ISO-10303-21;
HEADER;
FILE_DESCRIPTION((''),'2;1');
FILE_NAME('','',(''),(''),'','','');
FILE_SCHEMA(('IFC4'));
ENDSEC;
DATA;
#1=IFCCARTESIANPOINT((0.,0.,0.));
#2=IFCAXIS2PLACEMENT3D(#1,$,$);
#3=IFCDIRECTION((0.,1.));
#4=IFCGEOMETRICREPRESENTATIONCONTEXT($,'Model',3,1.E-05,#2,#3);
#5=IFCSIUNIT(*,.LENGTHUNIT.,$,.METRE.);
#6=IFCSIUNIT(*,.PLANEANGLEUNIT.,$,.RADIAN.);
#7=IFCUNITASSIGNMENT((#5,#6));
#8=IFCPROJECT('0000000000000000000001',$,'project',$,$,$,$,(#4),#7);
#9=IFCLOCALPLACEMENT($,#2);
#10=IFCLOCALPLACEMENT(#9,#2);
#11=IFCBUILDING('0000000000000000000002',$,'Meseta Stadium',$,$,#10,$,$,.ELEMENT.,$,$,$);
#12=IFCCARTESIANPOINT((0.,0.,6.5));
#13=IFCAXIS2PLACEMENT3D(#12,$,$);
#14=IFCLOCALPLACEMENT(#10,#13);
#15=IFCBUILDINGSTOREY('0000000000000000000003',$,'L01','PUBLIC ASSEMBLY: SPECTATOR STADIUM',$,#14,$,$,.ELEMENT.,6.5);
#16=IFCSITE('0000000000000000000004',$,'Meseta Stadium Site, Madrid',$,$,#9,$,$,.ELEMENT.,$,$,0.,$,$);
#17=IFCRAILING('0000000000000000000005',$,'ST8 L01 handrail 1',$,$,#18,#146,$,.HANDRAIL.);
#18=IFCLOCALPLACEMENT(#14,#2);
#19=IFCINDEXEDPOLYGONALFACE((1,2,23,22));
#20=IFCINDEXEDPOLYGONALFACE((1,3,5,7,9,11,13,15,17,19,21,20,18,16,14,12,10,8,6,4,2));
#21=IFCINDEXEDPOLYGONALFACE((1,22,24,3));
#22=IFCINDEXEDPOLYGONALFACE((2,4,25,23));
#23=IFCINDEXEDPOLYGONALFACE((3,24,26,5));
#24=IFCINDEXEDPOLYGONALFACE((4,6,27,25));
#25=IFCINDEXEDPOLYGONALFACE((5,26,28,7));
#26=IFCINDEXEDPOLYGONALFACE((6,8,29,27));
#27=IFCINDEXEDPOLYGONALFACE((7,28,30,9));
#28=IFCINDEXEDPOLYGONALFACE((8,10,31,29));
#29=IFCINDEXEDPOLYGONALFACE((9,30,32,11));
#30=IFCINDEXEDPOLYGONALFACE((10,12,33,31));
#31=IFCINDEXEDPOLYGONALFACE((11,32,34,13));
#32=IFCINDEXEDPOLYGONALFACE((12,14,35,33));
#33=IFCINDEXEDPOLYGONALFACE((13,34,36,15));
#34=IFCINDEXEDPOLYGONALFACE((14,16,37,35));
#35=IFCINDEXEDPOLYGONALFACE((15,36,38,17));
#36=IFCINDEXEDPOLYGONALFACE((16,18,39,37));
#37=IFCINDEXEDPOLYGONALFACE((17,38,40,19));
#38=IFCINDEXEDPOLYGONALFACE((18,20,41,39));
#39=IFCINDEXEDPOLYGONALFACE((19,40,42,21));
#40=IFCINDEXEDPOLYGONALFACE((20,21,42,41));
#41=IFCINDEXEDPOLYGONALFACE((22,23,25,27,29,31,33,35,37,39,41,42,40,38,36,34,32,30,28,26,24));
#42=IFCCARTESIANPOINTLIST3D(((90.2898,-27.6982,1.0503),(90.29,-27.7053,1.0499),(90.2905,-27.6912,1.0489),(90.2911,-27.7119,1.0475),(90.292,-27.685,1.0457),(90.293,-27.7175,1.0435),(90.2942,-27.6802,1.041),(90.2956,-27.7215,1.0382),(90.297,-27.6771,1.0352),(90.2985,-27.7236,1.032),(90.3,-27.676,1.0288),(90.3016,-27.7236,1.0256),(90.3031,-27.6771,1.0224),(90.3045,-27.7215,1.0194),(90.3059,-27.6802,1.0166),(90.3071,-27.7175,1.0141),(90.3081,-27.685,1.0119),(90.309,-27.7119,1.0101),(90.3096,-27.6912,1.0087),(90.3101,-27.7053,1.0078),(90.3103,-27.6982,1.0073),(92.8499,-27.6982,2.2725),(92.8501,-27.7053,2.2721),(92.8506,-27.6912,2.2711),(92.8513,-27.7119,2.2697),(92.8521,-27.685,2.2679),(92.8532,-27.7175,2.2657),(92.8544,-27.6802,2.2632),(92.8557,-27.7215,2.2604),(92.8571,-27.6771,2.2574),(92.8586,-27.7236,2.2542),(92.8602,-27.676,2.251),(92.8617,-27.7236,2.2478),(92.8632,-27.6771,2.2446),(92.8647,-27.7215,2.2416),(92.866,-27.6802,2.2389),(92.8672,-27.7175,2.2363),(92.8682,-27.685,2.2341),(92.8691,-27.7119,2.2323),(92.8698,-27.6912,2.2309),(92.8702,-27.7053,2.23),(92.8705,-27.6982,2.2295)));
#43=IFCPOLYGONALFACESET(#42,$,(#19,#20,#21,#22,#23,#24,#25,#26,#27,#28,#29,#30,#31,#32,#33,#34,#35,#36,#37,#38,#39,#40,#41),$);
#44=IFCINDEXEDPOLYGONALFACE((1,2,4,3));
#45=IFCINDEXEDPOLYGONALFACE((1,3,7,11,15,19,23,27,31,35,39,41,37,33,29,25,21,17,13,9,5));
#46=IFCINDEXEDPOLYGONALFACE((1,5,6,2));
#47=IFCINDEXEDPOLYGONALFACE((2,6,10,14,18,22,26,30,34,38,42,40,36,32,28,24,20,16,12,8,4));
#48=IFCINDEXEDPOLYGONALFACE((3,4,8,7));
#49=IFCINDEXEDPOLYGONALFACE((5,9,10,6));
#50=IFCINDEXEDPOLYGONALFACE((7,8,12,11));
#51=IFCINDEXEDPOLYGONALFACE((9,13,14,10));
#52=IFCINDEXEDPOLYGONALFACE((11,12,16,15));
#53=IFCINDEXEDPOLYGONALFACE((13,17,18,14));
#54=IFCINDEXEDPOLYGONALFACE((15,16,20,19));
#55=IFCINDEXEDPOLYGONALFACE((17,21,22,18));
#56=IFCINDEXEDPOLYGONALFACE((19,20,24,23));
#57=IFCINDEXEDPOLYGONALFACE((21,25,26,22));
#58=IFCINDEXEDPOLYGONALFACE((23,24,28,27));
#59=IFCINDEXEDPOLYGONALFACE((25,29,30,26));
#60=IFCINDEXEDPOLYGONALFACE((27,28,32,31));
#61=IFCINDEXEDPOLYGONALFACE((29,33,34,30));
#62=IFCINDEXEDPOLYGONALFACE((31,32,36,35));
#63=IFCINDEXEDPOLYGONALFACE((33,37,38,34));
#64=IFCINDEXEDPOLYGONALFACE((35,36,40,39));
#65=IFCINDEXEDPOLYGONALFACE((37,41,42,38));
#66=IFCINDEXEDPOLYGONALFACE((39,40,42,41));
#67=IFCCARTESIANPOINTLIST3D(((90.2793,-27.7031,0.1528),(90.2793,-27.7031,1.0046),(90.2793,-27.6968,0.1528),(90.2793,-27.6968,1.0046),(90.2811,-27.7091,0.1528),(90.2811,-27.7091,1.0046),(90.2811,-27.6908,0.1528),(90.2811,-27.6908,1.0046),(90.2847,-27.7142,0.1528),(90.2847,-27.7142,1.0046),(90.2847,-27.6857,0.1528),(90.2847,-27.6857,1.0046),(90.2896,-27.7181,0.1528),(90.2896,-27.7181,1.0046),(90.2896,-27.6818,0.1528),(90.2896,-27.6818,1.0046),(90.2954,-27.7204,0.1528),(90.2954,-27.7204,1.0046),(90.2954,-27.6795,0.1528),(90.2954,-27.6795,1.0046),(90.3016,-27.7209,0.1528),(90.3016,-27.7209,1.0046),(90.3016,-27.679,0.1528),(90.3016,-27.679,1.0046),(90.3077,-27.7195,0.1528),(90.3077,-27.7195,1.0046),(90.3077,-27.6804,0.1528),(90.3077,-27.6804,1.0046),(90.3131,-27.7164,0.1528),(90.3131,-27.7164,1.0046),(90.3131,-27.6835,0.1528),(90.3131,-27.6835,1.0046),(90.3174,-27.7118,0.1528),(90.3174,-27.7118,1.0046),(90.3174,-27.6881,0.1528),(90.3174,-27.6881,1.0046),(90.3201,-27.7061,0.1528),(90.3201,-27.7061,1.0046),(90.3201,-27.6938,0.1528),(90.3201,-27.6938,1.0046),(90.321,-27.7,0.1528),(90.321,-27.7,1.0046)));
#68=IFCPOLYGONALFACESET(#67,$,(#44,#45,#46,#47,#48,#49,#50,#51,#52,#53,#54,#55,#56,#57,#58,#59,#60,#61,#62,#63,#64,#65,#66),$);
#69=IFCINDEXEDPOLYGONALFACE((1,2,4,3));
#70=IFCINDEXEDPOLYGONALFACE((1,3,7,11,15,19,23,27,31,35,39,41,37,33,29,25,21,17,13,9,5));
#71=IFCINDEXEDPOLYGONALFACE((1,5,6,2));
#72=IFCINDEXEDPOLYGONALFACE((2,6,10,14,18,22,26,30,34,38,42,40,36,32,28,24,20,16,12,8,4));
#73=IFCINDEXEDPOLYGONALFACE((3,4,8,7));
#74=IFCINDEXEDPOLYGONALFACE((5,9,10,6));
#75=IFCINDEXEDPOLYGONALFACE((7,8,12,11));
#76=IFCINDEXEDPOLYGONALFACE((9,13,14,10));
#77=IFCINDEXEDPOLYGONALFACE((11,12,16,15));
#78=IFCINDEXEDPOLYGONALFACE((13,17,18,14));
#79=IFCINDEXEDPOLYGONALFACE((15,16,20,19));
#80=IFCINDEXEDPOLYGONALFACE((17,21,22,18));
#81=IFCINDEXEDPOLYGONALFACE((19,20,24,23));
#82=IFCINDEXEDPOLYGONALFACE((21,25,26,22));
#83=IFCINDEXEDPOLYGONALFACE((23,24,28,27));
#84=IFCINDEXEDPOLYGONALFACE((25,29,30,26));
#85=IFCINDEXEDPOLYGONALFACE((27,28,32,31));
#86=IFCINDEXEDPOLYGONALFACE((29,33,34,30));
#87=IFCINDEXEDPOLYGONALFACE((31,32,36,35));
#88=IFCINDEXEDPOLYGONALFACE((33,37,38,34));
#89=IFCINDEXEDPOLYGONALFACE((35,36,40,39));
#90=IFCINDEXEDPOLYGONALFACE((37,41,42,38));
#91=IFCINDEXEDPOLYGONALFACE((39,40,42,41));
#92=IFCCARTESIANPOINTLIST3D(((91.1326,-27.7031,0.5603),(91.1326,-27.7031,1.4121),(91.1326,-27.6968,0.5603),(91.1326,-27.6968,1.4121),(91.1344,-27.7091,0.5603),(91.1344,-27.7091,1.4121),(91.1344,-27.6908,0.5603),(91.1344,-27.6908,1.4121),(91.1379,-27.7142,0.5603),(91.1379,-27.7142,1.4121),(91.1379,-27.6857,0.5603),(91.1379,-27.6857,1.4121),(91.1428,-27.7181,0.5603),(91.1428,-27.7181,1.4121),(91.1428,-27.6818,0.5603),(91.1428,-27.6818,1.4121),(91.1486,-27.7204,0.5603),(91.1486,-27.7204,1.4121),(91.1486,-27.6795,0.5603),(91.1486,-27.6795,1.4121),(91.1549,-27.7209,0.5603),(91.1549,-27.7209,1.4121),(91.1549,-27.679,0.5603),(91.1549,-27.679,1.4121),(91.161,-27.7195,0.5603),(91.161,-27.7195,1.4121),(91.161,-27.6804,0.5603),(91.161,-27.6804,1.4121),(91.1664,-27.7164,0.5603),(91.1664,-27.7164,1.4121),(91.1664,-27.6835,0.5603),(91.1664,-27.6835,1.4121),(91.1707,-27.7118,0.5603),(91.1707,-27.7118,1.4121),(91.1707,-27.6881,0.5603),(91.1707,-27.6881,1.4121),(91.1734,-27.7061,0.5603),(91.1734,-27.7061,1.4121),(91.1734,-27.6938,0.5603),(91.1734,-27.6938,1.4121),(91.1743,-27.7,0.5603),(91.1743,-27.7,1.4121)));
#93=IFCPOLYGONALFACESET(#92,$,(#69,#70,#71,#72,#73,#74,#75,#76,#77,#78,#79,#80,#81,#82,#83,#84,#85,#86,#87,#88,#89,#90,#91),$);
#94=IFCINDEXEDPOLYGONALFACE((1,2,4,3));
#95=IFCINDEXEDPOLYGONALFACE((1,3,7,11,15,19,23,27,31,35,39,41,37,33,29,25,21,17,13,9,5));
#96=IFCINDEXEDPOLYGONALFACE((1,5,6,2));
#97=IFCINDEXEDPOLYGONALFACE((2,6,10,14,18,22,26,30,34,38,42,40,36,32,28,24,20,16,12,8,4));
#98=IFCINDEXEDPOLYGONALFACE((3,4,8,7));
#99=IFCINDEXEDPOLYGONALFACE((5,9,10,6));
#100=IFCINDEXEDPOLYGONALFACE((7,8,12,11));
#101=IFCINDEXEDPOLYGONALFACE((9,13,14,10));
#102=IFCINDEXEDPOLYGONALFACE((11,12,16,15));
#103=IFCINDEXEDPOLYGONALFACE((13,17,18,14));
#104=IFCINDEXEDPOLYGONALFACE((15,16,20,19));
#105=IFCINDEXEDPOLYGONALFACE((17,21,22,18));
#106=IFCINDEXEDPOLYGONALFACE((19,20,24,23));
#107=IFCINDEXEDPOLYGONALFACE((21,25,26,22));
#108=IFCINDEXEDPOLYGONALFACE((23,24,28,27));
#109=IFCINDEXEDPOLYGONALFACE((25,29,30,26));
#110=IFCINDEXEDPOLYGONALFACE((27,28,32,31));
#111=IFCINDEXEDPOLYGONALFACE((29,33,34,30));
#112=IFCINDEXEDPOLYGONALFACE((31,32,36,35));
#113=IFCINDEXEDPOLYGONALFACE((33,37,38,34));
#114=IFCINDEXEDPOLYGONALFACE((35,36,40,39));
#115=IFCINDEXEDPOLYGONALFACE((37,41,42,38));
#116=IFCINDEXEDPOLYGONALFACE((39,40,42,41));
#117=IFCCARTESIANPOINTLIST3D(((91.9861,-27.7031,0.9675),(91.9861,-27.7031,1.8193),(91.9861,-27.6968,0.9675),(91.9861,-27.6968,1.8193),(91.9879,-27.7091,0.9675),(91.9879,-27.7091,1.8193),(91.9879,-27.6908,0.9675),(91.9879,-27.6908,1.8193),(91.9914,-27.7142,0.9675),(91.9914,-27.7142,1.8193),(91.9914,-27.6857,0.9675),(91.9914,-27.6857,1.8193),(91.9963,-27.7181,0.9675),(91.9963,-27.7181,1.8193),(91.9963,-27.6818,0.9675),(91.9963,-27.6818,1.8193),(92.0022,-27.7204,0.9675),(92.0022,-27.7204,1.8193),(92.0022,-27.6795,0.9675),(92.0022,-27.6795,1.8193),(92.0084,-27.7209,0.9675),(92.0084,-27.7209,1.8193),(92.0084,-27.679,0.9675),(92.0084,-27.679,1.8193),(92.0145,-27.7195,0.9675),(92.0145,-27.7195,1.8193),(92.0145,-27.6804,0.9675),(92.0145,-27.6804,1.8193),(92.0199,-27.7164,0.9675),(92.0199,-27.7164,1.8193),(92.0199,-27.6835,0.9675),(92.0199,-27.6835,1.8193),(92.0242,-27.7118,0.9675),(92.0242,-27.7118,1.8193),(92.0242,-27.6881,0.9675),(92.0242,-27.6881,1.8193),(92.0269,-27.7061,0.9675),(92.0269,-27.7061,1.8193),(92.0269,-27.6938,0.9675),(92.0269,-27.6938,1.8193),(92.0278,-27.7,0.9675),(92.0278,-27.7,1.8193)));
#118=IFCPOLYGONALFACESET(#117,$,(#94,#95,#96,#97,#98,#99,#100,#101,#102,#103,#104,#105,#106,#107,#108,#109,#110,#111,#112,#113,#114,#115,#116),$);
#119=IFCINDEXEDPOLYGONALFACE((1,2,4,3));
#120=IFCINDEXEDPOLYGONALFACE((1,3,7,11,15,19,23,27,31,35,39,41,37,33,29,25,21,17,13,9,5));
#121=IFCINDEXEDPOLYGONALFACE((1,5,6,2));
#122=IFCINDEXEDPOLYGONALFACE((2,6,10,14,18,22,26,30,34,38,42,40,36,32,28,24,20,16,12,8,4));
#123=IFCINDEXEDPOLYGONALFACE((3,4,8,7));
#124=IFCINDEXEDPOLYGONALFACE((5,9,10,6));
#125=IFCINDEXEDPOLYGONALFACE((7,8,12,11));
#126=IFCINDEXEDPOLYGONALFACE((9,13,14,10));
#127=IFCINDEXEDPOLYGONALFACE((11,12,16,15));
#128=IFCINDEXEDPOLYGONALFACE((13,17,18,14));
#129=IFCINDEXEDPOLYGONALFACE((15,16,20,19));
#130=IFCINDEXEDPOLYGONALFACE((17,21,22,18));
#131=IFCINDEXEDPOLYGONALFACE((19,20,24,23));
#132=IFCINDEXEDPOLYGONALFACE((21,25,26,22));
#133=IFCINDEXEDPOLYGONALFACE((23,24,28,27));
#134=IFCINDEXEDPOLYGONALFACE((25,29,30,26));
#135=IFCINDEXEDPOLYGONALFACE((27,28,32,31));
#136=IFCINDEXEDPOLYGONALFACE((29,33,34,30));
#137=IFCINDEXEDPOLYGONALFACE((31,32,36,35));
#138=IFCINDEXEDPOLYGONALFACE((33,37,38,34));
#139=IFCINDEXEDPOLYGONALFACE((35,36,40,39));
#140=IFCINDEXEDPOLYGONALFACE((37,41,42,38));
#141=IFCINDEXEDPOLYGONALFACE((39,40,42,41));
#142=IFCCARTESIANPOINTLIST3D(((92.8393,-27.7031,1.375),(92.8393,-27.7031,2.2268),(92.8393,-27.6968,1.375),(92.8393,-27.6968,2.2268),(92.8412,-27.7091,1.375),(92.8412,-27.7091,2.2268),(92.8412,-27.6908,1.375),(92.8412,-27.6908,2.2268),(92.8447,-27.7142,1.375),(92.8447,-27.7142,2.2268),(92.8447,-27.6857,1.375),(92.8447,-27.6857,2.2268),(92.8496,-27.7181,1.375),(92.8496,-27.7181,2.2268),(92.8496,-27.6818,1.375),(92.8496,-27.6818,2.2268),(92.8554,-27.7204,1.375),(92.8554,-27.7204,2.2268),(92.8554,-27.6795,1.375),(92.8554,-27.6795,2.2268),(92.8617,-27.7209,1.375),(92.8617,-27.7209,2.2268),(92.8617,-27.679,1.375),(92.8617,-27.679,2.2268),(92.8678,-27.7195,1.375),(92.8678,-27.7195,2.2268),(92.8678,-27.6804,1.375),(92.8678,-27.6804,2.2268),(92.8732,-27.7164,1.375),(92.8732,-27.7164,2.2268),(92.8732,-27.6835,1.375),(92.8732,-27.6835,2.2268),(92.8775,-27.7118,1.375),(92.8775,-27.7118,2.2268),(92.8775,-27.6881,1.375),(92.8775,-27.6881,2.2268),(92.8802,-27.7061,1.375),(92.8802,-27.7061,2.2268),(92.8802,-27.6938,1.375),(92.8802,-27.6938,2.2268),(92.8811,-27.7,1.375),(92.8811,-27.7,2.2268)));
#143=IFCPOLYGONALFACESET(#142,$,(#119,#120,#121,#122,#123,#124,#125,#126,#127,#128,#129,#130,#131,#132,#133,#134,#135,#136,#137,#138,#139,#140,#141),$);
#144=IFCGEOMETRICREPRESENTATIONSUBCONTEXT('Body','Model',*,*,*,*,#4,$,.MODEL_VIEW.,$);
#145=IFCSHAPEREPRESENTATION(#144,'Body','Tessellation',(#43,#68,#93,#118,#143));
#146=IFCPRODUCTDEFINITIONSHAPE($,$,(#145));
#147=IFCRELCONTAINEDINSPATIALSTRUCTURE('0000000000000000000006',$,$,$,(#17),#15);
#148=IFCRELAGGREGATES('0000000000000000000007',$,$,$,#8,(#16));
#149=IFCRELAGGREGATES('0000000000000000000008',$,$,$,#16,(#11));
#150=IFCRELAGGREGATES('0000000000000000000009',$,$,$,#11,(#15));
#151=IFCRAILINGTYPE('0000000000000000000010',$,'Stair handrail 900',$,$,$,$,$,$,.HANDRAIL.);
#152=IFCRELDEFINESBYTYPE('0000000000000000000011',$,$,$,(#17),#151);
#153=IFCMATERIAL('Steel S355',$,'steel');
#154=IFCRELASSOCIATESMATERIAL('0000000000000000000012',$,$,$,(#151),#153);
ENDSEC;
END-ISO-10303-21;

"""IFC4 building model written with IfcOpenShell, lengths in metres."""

from ifc_helpers import new_model, si_unit, direction, frame, origin, origin_2d, place, context, subcontext, project, spatial, circle, extrude, material, type_object, element, save


model = new_model("IFC4")

# Units and contexts
model_context = context("Model", 3, precision=1e-05, world=origin(), true_north=direction((0.0, 1.0)))
body_context = subcontext(model_context, "Body", "Model", "MODEL_VIEW")
ifc_project = project(units=[si_unit("LENGTHUNIT", "METRE"), si_unit("PLANEANGLEUNIT", "RADIAN")], contexts=[model_context])

# Site, building, storey
site_placement = place(None, origin())
site = spatial("IfcSite", under=ifc_project, at=site_placement, Name="Meseta Stadium Site, Madrid", CompositionType="ELEMENT", RefElevation=0.0)
building_placement = place(site_placement, origin())
building = spatial("IfcBuilding", under=site, at=building_placement, Name="Meseta Stadium", CompositionType="ELEMENT")
storey_placement = place(building_placement, frame((0.0, 0.0, 6.5)))
storey = spatial("IfcBuildingStorey", under=building, at=storey_placement, Name="L01", Description="PUBLIC ASSEMBLY: SPECTATOR STADIUM", CompositionType="ELEMENT", Elevation=6.5)

# Railing
ifc_material_1 = material(Name="Steel S355", Category="steel")
railing_type_1 = type_object("IfcRailingType", Name="Stair handrail 900", PredefinedType="HANDRAIL", material=ifc_material_1)
for number, where, name in (
    (1, (90.3, -27.7, 0.1528), "ST8 L01 handrail 1"),
):
    element("IfcRailing", number, at=place(storey_placement, frame(where)), inside=storey, type_object=railing_type_1, Name=name, PredefinedType="HANDRAIL", context=body_context, shape_type="SweptSolid", body=[
        extrude(circle(Radius=0.0239, at=origin_2d()), frame((0.0, 0.0, 0.876), z_axis=(0.902437, 0.0, 0.430822), x_axis=(0.0, 1.0, 0.0)), (0.0, 0.0, 1.0), 2.8369),
        extrude(circle(Radius=0.021, at=origin_2d()), origin(), (0.0, 0.0, 1.0), 0.8518),
        extrude(circle(Radius=0.021, at=origin_2d()), frame((0.8533, 0.0, 0.4075)), (0.0, 0.0, 1.0), 0.8518),
        extrude(circle(Radius=0.021, at=origin_2d()), frame((1.7068, 0.0, 0.8147)), (0.0, 0.0, 1.0), 0.8518),
        extrude(circle(Radius=0.021, at=origin_2d()), frame((2.5601, 0.0, 1.2222)), (0.0, 0.0, 1.0), 0.8518),
    ])

save(model, "model.ifc")
